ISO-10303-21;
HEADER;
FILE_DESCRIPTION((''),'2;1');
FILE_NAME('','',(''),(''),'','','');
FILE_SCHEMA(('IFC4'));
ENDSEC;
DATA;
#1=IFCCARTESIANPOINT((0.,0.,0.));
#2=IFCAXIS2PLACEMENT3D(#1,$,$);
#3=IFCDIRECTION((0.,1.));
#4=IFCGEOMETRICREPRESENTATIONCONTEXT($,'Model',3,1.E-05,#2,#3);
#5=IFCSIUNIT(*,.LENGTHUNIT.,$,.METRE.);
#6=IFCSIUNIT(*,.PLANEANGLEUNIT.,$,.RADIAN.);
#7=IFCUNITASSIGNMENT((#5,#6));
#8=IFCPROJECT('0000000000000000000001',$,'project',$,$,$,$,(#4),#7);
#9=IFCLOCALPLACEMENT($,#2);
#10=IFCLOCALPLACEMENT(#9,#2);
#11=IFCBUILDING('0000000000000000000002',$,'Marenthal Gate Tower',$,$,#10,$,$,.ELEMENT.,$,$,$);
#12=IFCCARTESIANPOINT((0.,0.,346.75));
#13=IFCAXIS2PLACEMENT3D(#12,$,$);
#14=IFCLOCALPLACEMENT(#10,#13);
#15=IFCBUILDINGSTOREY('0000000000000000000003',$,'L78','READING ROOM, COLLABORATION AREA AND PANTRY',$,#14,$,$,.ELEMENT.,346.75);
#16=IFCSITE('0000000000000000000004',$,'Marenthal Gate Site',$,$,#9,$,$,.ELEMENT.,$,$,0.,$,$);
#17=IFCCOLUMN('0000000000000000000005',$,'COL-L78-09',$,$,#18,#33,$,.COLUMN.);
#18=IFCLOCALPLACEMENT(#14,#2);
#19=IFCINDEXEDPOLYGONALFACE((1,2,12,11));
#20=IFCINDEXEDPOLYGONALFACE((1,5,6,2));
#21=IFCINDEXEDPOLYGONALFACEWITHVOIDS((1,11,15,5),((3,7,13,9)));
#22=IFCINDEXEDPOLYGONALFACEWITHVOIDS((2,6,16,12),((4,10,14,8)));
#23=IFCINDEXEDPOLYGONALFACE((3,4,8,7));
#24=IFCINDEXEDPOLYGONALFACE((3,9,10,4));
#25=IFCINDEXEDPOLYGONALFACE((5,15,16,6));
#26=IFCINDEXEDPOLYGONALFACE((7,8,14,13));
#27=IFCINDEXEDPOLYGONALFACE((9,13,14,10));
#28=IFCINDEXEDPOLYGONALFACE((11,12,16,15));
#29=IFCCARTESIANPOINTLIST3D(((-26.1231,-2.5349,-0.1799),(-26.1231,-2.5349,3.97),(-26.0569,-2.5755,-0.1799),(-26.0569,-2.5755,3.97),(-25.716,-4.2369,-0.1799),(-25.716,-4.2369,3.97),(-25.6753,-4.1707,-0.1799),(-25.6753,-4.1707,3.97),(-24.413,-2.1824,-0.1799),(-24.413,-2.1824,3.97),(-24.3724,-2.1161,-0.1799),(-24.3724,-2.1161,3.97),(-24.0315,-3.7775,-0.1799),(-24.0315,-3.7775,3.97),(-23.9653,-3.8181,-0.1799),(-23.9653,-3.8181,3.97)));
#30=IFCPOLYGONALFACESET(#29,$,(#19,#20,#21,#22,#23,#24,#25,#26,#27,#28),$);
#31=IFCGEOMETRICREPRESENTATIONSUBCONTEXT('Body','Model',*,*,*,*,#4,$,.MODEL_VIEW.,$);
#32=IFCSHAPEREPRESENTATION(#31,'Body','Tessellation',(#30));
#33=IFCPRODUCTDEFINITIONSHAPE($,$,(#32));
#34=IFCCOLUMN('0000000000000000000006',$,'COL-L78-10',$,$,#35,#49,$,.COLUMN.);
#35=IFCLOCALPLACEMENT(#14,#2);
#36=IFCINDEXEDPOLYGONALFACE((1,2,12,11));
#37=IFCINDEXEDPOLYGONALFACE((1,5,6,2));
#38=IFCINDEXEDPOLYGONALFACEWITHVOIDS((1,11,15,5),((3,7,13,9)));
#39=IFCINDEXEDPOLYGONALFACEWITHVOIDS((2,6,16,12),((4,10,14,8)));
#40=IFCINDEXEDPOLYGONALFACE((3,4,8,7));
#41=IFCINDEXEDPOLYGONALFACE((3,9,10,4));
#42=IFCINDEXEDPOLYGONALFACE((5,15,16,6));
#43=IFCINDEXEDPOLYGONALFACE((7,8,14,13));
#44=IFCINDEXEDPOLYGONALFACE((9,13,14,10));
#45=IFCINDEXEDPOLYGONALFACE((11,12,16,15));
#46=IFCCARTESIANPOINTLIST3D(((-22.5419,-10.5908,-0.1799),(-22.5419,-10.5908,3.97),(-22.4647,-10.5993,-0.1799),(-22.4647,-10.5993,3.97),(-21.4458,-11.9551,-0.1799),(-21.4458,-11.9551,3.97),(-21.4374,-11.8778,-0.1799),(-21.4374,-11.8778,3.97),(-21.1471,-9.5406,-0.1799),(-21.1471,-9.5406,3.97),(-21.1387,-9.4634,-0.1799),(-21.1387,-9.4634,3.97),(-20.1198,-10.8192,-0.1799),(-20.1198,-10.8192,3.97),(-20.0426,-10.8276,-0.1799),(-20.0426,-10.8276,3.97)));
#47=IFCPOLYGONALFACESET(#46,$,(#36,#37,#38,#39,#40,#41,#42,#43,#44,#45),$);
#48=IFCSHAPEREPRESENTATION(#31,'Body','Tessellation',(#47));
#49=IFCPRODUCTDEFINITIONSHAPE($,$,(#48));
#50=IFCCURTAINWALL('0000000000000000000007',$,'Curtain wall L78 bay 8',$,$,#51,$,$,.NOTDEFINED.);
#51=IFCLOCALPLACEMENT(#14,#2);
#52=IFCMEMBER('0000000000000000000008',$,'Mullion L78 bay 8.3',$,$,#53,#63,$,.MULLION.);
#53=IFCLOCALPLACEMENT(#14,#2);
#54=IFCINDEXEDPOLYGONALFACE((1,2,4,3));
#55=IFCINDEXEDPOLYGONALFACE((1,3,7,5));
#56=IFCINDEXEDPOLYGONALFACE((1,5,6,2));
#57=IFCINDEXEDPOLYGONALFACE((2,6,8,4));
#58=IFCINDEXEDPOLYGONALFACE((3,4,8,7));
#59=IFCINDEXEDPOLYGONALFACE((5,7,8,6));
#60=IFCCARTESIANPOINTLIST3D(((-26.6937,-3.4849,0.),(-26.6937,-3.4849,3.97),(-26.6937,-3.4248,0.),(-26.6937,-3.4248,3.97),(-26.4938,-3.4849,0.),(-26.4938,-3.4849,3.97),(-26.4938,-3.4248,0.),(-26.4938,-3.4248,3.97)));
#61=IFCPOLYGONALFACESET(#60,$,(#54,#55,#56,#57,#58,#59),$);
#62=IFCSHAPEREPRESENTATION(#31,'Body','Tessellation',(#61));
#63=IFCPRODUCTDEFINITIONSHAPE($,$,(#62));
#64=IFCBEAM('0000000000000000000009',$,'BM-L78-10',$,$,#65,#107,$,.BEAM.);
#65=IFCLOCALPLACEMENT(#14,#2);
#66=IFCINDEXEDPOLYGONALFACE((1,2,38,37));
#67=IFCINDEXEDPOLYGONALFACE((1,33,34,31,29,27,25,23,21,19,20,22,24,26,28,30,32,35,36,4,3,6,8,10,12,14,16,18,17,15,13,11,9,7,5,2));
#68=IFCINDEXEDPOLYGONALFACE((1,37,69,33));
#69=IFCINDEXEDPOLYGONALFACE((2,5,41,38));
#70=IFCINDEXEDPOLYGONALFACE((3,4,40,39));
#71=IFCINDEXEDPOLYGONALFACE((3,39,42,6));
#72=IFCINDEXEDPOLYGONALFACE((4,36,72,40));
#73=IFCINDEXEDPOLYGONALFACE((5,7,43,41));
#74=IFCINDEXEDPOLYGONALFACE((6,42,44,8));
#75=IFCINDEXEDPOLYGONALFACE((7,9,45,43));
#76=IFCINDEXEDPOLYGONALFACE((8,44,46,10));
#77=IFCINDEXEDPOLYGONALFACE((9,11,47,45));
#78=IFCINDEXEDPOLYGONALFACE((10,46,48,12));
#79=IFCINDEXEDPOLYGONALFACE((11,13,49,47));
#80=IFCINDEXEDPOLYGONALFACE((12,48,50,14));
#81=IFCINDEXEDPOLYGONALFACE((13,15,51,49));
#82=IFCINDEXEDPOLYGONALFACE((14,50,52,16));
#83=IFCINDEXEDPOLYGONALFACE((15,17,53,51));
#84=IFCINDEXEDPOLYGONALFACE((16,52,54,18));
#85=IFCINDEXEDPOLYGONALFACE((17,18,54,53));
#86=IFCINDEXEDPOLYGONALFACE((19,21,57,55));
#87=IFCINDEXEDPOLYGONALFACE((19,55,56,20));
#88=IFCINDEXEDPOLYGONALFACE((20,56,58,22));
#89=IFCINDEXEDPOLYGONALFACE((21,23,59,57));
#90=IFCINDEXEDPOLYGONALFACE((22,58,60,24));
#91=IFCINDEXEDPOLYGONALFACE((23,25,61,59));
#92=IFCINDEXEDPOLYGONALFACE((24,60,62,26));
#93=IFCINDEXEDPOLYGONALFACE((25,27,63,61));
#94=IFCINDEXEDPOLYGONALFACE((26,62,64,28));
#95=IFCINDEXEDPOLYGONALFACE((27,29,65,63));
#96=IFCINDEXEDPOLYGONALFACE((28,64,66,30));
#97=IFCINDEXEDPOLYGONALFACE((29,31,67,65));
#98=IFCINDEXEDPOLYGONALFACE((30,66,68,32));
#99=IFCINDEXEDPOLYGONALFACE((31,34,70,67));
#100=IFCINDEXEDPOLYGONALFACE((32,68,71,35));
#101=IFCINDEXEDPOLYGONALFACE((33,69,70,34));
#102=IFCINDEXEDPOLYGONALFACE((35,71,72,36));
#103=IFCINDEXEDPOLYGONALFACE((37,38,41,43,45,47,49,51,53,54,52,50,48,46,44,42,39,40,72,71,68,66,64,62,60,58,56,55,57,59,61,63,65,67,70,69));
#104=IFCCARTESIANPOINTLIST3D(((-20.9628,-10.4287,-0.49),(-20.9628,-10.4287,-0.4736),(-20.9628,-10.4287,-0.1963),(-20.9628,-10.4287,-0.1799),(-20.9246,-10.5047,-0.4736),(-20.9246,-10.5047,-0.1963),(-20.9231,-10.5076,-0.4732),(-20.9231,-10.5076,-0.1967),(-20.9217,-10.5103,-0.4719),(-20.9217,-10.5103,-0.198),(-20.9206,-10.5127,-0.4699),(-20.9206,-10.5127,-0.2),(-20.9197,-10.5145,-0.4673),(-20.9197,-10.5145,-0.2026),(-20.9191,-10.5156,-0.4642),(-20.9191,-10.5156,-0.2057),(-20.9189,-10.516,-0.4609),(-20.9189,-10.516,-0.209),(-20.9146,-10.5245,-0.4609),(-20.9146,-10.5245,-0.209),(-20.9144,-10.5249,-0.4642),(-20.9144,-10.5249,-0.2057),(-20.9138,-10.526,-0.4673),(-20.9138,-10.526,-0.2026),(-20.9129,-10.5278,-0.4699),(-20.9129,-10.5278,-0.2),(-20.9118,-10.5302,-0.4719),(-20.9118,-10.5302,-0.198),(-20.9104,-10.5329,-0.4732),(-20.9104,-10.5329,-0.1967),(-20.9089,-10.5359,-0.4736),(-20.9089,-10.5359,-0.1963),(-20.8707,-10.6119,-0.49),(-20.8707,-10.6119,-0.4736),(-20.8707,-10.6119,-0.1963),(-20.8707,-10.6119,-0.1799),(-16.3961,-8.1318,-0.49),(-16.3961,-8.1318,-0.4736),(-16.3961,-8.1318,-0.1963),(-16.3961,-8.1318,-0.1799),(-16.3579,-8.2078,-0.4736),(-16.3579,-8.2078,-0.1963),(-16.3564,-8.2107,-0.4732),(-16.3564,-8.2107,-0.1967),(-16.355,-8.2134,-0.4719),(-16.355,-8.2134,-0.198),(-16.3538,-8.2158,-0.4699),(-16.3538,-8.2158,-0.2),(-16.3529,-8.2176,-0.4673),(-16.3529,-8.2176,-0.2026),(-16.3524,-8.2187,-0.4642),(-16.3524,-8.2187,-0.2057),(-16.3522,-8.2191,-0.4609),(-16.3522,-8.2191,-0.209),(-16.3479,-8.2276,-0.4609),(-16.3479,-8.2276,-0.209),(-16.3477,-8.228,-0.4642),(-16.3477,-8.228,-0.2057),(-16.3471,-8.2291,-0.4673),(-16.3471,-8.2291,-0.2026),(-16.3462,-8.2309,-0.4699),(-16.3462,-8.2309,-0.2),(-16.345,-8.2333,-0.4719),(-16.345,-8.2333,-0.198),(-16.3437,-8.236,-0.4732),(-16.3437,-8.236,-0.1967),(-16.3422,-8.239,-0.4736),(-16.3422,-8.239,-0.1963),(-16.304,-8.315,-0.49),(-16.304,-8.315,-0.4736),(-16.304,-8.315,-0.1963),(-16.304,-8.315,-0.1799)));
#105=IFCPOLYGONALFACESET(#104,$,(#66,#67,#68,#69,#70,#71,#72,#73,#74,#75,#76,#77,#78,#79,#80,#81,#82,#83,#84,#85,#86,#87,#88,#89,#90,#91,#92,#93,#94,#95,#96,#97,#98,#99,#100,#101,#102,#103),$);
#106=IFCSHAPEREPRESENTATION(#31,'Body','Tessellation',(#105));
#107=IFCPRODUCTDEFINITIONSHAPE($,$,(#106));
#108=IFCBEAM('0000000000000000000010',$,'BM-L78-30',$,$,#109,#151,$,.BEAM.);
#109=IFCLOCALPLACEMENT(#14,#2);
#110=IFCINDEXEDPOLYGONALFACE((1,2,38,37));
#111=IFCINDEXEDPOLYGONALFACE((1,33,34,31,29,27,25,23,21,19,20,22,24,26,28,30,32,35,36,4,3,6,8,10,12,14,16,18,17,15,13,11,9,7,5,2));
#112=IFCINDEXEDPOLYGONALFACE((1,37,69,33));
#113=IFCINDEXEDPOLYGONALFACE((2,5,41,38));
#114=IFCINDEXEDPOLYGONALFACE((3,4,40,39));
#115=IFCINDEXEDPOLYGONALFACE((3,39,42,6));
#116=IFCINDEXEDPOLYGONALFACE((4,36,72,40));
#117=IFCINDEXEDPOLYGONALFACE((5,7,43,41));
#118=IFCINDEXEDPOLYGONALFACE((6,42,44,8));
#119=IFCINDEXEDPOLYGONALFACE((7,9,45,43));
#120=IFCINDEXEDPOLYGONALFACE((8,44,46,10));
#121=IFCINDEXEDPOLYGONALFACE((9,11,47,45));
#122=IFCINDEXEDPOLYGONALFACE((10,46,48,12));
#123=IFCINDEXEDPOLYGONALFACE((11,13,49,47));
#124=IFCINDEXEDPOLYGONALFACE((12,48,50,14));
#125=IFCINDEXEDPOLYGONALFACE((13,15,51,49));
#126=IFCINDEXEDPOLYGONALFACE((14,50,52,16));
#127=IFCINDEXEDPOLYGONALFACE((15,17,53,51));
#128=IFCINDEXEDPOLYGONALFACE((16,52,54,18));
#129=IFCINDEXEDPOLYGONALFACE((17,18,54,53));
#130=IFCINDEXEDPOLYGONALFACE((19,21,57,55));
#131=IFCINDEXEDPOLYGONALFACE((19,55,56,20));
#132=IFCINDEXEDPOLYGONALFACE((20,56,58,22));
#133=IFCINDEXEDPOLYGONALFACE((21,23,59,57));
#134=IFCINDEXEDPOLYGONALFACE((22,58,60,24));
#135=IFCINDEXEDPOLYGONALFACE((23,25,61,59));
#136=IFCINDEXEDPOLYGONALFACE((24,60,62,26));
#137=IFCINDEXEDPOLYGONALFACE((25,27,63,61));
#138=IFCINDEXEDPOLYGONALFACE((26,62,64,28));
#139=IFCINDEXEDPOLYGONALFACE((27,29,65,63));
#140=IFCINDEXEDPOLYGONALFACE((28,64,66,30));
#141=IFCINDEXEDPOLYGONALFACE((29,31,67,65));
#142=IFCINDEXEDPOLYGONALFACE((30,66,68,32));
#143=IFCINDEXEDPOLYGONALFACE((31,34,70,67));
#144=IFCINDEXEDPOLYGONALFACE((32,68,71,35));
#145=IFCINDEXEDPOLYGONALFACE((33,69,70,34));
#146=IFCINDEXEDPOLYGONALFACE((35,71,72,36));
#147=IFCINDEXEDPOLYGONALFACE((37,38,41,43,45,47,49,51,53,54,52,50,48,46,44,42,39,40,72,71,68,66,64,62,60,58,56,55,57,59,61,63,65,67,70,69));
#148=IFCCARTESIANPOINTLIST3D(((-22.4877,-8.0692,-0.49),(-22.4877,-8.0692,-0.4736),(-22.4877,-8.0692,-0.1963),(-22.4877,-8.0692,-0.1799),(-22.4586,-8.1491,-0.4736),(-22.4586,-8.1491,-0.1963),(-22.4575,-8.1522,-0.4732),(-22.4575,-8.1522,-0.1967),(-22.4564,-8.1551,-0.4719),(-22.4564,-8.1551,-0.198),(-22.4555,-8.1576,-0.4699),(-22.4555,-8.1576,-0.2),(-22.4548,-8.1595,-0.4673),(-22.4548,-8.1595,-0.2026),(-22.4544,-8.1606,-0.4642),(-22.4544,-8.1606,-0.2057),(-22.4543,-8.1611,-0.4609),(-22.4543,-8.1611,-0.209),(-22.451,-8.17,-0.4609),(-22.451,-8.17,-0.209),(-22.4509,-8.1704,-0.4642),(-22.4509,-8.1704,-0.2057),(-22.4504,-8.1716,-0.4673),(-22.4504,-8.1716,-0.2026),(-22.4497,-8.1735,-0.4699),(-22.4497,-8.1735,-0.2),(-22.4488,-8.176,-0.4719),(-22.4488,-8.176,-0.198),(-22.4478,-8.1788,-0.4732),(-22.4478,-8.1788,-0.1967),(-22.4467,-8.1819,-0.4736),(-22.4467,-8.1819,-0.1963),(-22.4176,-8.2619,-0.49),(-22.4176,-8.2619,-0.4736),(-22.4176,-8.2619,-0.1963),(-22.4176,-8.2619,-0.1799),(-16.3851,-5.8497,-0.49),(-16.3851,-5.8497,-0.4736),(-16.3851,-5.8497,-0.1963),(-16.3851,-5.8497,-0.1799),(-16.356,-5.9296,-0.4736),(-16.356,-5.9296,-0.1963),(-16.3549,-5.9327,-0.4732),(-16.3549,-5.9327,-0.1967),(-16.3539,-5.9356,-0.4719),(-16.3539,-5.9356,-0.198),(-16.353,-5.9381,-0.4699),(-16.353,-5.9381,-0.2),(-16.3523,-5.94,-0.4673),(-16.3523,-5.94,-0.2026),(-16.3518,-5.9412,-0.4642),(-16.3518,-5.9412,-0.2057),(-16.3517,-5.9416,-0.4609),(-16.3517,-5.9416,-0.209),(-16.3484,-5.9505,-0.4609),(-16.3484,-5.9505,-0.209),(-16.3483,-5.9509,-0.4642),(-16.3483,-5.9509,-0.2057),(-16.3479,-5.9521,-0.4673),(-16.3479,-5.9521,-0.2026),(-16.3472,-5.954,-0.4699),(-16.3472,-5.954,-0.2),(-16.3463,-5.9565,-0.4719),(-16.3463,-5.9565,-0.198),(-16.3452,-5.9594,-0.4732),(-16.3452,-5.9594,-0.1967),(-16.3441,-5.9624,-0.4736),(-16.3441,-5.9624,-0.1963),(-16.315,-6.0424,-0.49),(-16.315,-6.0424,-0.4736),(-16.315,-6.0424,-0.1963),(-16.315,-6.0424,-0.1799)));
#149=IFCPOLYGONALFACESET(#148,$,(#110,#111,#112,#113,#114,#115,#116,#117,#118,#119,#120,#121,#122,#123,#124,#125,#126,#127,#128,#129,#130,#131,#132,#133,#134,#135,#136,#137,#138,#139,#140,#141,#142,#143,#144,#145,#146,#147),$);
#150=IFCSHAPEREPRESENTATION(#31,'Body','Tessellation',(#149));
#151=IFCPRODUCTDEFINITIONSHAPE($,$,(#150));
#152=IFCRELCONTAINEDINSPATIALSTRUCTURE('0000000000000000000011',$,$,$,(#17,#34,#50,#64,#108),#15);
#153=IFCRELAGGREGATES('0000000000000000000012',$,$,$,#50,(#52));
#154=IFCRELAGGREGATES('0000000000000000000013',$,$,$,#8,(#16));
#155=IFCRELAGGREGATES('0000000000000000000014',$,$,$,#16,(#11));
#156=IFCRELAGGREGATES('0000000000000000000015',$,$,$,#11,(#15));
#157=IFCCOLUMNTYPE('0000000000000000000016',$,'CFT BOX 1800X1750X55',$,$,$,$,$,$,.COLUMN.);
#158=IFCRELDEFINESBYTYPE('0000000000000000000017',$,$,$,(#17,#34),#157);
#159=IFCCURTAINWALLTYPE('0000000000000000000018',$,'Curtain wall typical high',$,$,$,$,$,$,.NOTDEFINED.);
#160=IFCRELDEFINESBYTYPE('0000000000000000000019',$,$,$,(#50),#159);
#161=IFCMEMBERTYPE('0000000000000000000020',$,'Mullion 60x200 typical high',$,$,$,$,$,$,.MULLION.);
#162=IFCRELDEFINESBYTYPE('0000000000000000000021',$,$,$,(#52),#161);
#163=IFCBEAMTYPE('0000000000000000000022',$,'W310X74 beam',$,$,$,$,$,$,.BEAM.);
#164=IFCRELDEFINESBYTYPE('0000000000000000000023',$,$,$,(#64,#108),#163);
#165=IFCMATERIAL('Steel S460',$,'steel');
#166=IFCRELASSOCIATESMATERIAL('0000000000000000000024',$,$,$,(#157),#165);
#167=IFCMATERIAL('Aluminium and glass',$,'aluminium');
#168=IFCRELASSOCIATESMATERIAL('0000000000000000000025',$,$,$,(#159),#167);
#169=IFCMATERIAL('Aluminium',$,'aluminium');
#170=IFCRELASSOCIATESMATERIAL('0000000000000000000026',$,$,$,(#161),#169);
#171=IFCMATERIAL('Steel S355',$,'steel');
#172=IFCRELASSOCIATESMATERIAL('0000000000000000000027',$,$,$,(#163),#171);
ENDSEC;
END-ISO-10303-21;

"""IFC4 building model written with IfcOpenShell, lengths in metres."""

from ifc_helpers import new_model, si_unit, direction, frame, origin, origin_2d, place, context, subcontext, project, spatial, rectangle, hollow_rectangle, i_section, extrude, material, material_profile, profile_set, type_object, element, aggregate, save


model = new_model("IFC4")

# Units and contexts
model_context = context("Model", 3, precision=1e-05, world=origin(), true_north=direction((0.0, 1.0)))
body_context = subcontext(model_context, "Body", "Model", "MODEL_VIEW")
ifc_project = project(units=[si_unit("LENGTHUNIT", "METRE"), si_unit("PLANEANGLEUNIT", "RADIAN")], contexts=[model_context])

# Site, building, storey
site_placement = place(None, origin())
site = spatial("IfcSite", under=ifc_project, at=site_placement, Name="Marenthal Gate Site", CompositionType="ELEMENT", RefElevation=0.0)
building_placement = place(site_placement, origin())
building = spatial("IfcBuilding", under=site, at=building_placement, Name="Marenthal Gate Tower", CompositionType="ELEMENT")
storey_placement = place(building_placement, frame((0.0, 0.0, 346.75)))
storey = spatial("IfcBuildingStorey", under=building, at=storey_placement, Name="L78", Description="READING ROOM, COLLABORATION AREA AND PANTRY", CompositionType="ELEMENT", Elevation=346.75)

# Columns
ifc_material_1 = material(Name="Steel S460", Category="steel")
ifc_material_profile_1 = material_profile(ifc_material_1, hollow_rectangle(XDim=1.75, YDim=1.8, WallThickness=0.0549, at=origin_2d()), Name="CFT BOX 1800X1750X55")
ifc_material_2 = material(Name="Concrete 70 MPa", Category="concrete")
ifc_material_profile_2 = material_profile(ifc_material_2, rectangle(XDim=1.6399, YDim=1.6899, at=origin_2d()), Name="CFT BOX 1800X1750X55 INFILL")
ifc_profile_set_1 = profile_set([ifc_material_profile_1, ifc_material_profile_2], Name="Steel S460 shell, Concrete 70 MPa infill")
column_type = type_object("IfcColumnType", Name="CFT BOX 1800X1750X55", PredefinedType="COLUMN", material=ifc_profile_set_1)
for number, where, z_axis, x_axis, name in (
    (1, (-25.0442, -3.1765, -0.1799), (0.0, 0.0, 1.0), (-0.232626, 0.972566, 0.0), "COL-L78-09"),
    (2, (-21.2922, -10.7092, -0.1799), (0.0, 0.0, 1.0), (-0.626344, 0.779547, 0.0), "COL-L78-10"),
):
    element("IfcColumn", number, at=place(storey_placement, frame(where, z_axis=z_axis, x_axis=x_axis)), inside=storey, type_object=column_type, Name=name, PredefinedType="COLUMN", context=body_context, shape_type="SweptSolid", body=[
        extrude(hollow_rectangle(XDim=1.75, YDim=1.8, WallThickness=0.0549, at=origin_2d()), origin(), (0.0, 0.0, 1.0), 4.1499),
    ])

# Curtain wall, member
ifc_material_3 = material(Name="Aluminium and glass", Category="aluminium")
curtain_wall_type = type_object("IfcCurtainWallType", Name="Curtain wall typical high", PredefinedType="NOTDEFINED", material=ifc_material_3)
curtain_wall_placement = place(storey_placement, origin())
curtain_wall = element("IfcCurtainWall", 3, at=curtain_wall_placement, inside=storey, type_object=curtain_wall_type, Name="Curtain wall L78 bay 8", PredefinedType="NOTDEFINED")
ifc_material_4 = material(Name="Aluminium", Category="aluminium")
ifc_material_profile_3 = material_profile(ifc_material_4, rectangle(XDim=0.2, YDim=0.0601, at=origin_2d()), Name="60x200 aluminium mullion")
ifc_profile_set_2 = profile_set([ifc_material_profile_3], Name="Aluminium")
member_type = type_object("IfcMemberType", Name="Mullion 60x200 typical high", PredefinedType="MULLION", material=ifc_profile_set_2)
member_placement = place(storey_placement, frame((-26.5938, -3.4548, 0.0), z_axis=(0.0, 0.0, 1.0), x_axis=(1.0, 0.0, 0.0)))
member = element("IfcMember", 4, at=member_placement, type_object=member_type, Name="Mullion L78 bay 8.3", PredefinedType="MULLION", context=body_context, shape_type="SweptSolid", body=[
    extrude(rectangle(XDim=0.2, YDim=0.0601, at=origin_2d()), origin(), (0.0, 0.0, 1.0), 3.97),
])

# Beams
ifc_material_5 = material(Name="Steel S355", Category="steel")
ifc_material_profile_4 = material_profile(ifc_material_5, i_section(OverallWidth=0.2051, OverallDepth=0.3101, WebThickness=0.0095, FlangeThickness=0.0164, FilletRadius=0.0127, at=origin_2d()), Name="W310X74")
ifc_profile_set_3 = profile_set([ifc_material_profile_4], Name="Steel S355")
beam_type_1 = type_object("IfcBeamType", Name="W310X74 beam", PredefinedType="BEAM", material=ifc_profile_set_3)
beam_1_placement = place(storey_placement, frame((-20.9167, -10.5203, -0.335), z_axis=(0.893364, 0.449333, 0.0), x_axis=(-0.449333, 0.893364, 0.0)))
element("IfcBeam", 5, at=beam_1_placement, inside=storey, type_object=beam_type_1, Name="BM-L78-10", PredefinedType="BEAM", context=body_context, shape_type="SweptSolid", body=[
    extrude(i_section(OverallWidth=0.2051, OverallDepth=0.3101, WebThickness=0.0095, FlangeThickness=0.0164, FilletRadius=0.0127, at=origin_2d()), origin(), (0.0, 0.0, 1.0), 5.1118),
])
beam_2_placement = place(storey_placement, frame((-22.4526, -8.1655, -0.335), z_axis=(0.939775, 0.341794, 0.0), x_axis=(-0.341794, 0.939775, 0.0)))
element("IfcBeam", 6, at=beam_2_placement, inside=storey, type_object=beam_type_1, Name="BM-L78-30", PredefinedType="BEAM", context=body_context, shape_type="SweptSolid", body=[
    extrude(i_section(OverallWidth=0.2051, OverallDepth=0.3101, WebThickness=0.0095, FlangeThickness=0.0164, FilletRadius=0.0127, at=origin_2d()), origin(), (0.0, 0.0, 1.0), 6.4937),
])

aggregate(curtain_wall, [member])

save(model, "model.ifc")
